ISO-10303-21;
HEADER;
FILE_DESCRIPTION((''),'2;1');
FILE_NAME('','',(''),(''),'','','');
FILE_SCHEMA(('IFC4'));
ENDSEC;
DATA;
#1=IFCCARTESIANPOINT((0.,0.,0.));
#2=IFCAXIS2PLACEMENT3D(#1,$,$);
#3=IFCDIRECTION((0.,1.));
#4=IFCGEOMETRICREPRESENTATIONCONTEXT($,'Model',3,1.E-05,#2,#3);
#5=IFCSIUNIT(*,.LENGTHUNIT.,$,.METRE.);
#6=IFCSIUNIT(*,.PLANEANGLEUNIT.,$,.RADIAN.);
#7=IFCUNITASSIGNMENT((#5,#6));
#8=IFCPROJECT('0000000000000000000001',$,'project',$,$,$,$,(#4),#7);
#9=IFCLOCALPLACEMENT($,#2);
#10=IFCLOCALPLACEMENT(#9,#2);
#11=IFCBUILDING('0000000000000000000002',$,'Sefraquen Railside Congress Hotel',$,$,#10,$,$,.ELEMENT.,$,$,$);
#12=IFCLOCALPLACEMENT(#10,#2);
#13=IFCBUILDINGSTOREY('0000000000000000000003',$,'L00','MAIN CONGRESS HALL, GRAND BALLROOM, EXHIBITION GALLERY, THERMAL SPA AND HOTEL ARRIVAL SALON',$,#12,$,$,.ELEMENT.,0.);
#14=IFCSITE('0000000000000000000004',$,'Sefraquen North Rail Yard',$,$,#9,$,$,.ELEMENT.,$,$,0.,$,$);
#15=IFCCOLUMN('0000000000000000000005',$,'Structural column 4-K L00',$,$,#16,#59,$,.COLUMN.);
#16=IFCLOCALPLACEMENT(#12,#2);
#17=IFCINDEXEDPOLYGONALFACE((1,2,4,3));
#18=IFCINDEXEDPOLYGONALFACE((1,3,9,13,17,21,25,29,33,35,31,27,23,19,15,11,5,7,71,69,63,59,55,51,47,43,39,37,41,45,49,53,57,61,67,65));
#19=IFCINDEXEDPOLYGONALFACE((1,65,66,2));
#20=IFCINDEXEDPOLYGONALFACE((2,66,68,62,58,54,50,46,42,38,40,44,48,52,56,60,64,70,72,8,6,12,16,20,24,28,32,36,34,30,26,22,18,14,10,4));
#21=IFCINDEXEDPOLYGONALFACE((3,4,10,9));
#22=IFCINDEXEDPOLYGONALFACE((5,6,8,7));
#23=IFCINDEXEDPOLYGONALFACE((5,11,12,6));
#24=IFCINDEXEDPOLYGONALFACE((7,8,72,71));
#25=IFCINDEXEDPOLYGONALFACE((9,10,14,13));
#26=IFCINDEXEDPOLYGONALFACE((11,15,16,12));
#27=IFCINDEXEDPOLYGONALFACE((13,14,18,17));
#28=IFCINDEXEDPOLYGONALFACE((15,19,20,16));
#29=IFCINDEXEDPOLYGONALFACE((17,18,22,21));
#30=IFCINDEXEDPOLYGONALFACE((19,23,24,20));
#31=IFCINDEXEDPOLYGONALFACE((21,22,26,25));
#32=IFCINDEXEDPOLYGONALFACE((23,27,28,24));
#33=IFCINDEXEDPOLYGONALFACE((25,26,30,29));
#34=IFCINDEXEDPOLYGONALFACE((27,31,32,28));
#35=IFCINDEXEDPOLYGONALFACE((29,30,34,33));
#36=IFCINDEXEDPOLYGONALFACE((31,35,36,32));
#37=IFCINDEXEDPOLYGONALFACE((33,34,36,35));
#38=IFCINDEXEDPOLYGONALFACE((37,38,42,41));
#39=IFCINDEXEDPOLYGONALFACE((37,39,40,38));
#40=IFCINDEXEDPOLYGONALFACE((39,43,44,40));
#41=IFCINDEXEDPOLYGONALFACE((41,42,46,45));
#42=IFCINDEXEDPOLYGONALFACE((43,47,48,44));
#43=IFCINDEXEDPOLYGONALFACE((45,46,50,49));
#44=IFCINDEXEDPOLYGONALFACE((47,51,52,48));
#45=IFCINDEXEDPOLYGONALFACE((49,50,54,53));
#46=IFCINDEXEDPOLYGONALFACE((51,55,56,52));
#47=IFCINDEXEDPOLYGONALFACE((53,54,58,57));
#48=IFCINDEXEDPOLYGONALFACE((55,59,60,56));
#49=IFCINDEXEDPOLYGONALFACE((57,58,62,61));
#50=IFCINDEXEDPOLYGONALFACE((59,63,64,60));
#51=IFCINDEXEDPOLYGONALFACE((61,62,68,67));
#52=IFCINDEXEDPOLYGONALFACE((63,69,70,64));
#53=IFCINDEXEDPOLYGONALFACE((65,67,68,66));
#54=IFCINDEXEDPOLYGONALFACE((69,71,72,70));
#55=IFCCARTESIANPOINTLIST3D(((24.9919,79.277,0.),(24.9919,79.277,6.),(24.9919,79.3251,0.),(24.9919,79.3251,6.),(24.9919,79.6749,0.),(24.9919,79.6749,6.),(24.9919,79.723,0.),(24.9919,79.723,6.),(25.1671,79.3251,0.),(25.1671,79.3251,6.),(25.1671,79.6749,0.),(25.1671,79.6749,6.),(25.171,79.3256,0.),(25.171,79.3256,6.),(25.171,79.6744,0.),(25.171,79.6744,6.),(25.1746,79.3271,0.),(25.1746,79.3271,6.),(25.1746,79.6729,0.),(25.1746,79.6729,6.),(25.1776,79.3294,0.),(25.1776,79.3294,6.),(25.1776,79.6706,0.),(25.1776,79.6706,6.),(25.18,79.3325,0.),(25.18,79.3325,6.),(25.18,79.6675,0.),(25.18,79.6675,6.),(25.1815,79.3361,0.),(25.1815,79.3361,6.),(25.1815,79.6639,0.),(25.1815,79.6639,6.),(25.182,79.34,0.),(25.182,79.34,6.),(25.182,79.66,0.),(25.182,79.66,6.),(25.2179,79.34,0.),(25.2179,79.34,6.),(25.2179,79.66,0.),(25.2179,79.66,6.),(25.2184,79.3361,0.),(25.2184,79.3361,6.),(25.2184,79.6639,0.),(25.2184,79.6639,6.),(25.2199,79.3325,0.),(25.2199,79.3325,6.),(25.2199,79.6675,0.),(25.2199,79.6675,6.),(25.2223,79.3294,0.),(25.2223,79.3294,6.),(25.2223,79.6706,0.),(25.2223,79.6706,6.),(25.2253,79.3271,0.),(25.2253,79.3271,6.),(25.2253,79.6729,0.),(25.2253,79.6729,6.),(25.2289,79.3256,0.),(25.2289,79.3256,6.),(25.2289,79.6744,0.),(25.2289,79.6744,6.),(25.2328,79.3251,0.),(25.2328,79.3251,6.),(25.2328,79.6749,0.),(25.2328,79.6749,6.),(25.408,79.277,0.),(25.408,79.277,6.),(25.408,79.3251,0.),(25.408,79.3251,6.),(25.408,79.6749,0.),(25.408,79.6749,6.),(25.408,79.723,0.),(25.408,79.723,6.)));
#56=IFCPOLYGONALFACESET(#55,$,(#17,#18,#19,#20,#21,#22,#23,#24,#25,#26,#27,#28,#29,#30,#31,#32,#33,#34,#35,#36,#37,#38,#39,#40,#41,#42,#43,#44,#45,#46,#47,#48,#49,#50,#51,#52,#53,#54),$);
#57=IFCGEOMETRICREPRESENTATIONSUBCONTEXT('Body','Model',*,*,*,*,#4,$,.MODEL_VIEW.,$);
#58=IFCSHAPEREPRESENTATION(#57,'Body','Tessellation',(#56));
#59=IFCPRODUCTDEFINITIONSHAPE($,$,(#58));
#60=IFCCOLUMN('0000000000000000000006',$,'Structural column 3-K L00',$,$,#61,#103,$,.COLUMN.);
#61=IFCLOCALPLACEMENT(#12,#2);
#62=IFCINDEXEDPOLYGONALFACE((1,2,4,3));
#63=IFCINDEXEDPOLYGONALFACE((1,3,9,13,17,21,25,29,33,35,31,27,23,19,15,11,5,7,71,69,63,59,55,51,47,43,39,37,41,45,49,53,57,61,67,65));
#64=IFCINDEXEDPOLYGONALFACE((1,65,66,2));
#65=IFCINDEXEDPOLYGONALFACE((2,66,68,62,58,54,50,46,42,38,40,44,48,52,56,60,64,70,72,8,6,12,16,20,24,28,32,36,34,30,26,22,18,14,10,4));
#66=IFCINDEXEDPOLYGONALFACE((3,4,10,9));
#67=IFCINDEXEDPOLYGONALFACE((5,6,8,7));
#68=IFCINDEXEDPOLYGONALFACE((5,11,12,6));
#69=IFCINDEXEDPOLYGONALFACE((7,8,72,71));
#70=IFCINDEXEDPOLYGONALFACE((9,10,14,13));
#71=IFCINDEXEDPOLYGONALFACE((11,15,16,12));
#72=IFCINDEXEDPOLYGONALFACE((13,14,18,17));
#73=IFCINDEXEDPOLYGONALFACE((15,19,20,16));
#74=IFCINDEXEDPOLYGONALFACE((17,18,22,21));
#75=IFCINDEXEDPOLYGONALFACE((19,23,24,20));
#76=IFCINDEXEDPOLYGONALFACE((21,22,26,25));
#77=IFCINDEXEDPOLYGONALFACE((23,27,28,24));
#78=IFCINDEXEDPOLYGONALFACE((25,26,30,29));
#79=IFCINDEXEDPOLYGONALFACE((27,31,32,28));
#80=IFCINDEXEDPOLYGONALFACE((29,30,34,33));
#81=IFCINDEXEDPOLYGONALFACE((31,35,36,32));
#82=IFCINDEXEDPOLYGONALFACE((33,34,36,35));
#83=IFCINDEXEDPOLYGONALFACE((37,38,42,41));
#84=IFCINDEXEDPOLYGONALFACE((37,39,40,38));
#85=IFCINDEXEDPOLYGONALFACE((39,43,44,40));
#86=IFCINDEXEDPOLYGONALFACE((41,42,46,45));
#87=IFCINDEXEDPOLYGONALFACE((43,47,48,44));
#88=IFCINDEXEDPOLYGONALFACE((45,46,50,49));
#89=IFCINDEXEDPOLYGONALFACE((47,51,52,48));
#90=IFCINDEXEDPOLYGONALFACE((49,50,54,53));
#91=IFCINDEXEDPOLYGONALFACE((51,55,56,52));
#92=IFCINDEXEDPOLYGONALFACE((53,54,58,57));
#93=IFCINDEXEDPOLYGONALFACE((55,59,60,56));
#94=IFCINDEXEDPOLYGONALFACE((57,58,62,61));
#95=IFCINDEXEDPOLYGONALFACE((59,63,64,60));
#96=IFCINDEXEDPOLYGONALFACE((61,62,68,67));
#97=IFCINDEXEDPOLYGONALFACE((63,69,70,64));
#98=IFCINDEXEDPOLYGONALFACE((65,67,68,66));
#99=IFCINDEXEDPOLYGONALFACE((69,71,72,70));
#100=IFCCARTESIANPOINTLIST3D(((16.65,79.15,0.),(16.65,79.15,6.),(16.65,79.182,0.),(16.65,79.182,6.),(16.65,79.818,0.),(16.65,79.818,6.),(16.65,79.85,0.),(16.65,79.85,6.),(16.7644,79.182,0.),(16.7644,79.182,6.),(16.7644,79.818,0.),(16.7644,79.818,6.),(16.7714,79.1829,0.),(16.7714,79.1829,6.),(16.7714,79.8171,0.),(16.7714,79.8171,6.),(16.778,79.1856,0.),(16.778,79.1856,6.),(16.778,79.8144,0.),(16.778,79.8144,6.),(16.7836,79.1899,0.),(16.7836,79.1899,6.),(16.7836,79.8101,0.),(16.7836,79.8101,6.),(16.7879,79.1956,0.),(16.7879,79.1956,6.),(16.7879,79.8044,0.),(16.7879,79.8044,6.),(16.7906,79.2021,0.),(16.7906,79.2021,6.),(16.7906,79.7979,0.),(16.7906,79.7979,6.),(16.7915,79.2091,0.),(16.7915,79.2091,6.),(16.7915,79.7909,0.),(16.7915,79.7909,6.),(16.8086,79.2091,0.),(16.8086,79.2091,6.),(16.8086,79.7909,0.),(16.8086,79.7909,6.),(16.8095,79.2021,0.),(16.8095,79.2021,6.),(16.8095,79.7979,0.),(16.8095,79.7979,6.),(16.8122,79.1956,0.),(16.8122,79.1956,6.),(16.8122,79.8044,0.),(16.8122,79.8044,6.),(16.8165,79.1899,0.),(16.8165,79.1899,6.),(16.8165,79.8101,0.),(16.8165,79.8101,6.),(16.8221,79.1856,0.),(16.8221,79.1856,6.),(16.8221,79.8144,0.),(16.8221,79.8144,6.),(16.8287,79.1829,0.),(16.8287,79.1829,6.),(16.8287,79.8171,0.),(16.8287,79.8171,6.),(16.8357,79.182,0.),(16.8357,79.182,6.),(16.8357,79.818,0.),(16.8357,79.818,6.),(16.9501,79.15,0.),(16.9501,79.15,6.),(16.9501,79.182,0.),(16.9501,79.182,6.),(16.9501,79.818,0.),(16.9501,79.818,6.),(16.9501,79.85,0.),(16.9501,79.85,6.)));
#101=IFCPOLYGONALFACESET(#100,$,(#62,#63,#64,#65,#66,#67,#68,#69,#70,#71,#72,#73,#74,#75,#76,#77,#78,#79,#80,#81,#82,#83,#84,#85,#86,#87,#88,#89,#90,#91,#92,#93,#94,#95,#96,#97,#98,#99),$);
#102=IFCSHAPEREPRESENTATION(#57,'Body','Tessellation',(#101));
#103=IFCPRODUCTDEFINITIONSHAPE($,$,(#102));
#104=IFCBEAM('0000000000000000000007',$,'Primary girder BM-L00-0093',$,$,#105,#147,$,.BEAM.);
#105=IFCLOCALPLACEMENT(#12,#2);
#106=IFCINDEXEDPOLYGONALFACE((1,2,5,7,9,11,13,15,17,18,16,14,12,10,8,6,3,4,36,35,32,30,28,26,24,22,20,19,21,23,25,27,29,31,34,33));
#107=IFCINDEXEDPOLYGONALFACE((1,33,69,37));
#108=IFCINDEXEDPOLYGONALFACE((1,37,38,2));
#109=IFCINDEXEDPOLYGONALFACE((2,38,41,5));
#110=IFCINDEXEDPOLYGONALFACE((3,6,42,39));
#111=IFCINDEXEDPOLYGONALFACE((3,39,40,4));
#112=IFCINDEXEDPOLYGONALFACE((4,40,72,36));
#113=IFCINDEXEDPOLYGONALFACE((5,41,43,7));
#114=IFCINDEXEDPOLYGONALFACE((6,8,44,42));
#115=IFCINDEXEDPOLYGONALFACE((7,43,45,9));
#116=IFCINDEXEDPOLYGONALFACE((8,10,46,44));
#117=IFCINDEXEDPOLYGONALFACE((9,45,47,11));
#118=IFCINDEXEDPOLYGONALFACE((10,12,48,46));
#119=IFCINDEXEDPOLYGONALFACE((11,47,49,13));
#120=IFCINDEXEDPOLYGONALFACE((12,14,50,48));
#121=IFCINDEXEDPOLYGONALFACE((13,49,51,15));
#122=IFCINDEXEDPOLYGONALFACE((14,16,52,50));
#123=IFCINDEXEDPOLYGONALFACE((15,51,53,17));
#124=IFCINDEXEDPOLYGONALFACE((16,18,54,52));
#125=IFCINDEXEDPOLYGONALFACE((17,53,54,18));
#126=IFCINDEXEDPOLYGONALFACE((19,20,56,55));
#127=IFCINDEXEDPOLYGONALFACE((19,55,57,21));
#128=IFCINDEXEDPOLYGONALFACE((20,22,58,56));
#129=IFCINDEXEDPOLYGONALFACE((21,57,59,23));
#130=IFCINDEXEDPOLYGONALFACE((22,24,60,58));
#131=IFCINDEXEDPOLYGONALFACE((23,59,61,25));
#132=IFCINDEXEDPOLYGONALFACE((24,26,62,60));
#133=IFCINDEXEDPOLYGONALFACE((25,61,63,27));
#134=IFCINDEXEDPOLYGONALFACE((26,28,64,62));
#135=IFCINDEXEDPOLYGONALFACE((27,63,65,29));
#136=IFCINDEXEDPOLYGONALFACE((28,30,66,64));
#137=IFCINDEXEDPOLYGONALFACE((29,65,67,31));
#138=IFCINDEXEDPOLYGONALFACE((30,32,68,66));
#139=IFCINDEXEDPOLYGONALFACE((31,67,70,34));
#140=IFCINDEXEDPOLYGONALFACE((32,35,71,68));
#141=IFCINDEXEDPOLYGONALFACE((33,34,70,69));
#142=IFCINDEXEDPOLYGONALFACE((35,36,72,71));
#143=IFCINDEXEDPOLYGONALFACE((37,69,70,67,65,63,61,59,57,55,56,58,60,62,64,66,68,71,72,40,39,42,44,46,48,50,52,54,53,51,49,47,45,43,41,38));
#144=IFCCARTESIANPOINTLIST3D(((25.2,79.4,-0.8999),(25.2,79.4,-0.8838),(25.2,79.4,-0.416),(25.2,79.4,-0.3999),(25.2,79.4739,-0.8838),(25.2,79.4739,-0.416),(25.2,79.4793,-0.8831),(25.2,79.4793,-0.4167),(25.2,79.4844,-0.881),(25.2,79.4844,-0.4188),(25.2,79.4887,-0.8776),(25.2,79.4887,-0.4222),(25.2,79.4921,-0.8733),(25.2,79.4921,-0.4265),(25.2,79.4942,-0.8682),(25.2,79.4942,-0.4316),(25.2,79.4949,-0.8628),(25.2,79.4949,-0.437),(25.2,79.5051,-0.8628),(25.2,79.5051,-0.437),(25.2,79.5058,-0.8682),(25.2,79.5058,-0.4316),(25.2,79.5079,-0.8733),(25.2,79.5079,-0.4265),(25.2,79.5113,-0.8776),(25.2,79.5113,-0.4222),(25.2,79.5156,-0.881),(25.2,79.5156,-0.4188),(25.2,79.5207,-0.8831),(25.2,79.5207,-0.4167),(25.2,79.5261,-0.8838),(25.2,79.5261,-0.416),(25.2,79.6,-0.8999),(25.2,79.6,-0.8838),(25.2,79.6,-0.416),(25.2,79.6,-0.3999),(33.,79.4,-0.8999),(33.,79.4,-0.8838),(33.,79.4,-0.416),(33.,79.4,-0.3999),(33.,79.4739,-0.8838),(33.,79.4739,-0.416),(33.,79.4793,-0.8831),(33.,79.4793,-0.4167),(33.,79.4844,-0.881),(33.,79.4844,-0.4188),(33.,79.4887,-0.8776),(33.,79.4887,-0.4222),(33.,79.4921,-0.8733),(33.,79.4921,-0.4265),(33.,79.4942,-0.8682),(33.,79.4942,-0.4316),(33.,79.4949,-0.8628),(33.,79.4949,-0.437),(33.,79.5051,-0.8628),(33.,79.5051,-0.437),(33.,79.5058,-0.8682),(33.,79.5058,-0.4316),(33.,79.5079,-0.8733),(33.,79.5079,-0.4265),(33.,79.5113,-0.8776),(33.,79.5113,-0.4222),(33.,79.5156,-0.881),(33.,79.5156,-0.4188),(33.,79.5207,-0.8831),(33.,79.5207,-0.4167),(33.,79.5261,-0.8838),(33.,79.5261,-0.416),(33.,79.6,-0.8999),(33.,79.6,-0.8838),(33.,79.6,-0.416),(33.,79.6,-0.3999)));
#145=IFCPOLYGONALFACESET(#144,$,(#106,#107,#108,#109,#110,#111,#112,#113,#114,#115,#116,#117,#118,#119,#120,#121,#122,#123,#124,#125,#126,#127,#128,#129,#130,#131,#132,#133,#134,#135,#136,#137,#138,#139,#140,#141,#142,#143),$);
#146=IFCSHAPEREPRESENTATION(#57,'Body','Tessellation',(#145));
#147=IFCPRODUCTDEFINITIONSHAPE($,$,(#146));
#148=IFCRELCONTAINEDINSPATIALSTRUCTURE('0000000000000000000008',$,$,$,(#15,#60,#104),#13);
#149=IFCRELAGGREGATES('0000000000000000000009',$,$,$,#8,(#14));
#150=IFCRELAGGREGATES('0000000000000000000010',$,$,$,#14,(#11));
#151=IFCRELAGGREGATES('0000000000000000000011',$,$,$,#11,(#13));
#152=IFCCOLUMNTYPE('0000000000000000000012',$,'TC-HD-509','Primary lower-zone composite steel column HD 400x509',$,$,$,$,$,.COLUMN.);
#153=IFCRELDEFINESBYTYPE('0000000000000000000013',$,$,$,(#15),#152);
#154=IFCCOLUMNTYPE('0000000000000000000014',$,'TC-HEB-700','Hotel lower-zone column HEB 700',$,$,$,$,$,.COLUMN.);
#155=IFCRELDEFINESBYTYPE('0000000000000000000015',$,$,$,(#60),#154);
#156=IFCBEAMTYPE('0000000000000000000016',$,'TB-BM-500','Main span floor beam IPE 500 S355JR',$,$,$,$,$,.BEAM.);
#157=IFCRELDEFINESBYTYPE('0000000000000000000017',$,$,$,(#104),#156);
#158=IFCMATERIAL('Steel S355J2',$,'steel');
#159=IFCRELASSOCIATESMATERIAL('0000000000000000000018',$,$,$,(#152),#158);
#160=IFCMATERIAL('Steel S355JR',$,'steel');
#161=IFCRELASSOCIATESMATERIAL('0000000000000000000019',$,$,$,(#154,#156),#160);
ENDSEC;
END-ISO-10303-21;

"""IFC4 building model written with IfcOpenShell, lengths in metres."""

from ifc_helpers import new_model, si_unit, direction, frame, origin, origin_2d, place, context, subcontext, project, spatial, i_section, extrude, material, material_profile, profile_set, type_object, element, save


model = new_model("IFC4")

# Units and contexts
model_context = context("Model", 3, precision=1e-05, world=origin(), true_north=direction((0.0, 1.0)))
body_context = subcontext(model_context, "Body", "Model", "MODEL_VIEW")
ifc_project = project(units=[si_unit("LENGTHUNIT", "METRE"), si_unit("PLANEANGLEUNIT", "RADIAN")], contexts=[model_context])

# Site, building, storey
site_placement = place(None, origin())
site = spatial("IfcSite", under=ifc_project, at=site_placement, Name="Sefraquen North Rail Yard", CompositionType="ELEMENT", RefElevation=0.0)
building_placement = place(site_placement, origin())
building = spatial("IfcBuilding", under=site, at=building_placement, Name="Sefraquen Railside Congress Hotel", CompositionType="ELEMENT")
storey_placement = place(building_placement, origin())
storey = spatial("IfcBuildingStorey", under=building, at=storey_placement, Name="L00", Description="MAIN CONGRESS HALL, GRAND BALLROOM, EXHIBITION GALLERY, THERMAL SPA AND HOTEL ARRIVAL SALON", CompositionType="ELEMENT", Elevation=0.0)

# Columns
ifc_material_1 = material(Name="Steel S355J2", Category="steel")
ifc_material_profile_1 = material_profile(ifc_material_1, i_section(OverallWidth=0.416, OverallDepth=0.446, WebThickness=0.0359, FlangeThickness=0.0481, FilletRadius=0.0149, at=origin_2d()), Name="HD 400x509")
ifc_profile_set_1 = profile_set([ifc_material_profile_1], Name="Steel S355J2")
column_type_1 = type_object("IfcColumnType", Name="TC-HD-509", Description="Primary lower-zone composite steel column HD 400x509", PredefinedType="COLUMN", material=ifc_profile_set_1)
column_1_placement = place(storey_placement, frame((25.2, 79.5, 0.0), z_axis=(0.0, 0.0, 1.0), x_axis=(1.0, 0.0, 0.0)))
element("IfcColumn", 1, at=column_1_placement, inside=storey, type_object=column_type_1, Name="Structural column 4-K L00", PredefinedType="COLUMN", context=body_context, shape_type="SweptSolid", body=[
    extrude(i_section(OverallWidth=0.416, OverallDepth=0.446, WebThickness=0.0359, FlangeThickness=0.0481, FilletRadius=0.0149, at=origin_2d()), origin(), (0.0, 0.0, 1.0), 6.0),
])
ifc_material_2 = material(Name="Steel S355JR", Category="steel")
ifc_material_profile_2 = material_profile(ifc_material_2, i_section(OverallWidth=0.3, OverallDepth=0.7, WebThickness=0.0171, FlangeThickness=0.032, FilletRadius=0.0271, at=origin_2d()), Name="HEB 700")
ifc_profile_set_2 = profile_set([ifc_material_profile_2], Name="Steel S355JR")
column_type_2 = type_object("IfcColumnType", Name="TC-HEB-700", Description="Hotel lower-zone column HEB 700", PredefinedType="COLUMN", material=ifc_profile_set_2)
column_2_placement = place(storey_placement, frame((16.8, 79.5, 0.0), z_axis=(0.0, 0.0, 1.0), x_axis=(1.0, 0.0, 0.0)))
element("IfcColumn", 2, at=column_2_placement, inside=storey, type_object=column_type_2, Name="Structural column 3-K L00", PredefinedType="COLUMN", context=body_context, shape_type="SweptSolid", body=[
    extrude(i_section(OverallWidth=0.3, OverallDepth=0.7, WebThickness=0.0171, FlangeThickness=0.032, FilletRadius=0.0271, at=origin_2d()), origin(), (0.0, 0.0, 1.0), 6.0),
])

# Beam
ifc_material_profile_3 = material_profile(ifc_material_2, i_section(OverallWidth=0.2, OverallDepth=0.5, WebThickness=0.0103, FlangeThickness=0.0161, FilletRadius=0.021, at=origin_2d()), Name="IPE 500")
ifc_profile_set_3 = profile_set([ifc_material_profile_3], Name="Steel S355JR")
beam_type_1 = type_object("IfcBeamType", Name="TB-BM-500", Description="Main span floor beam IPE 500 S355JR", PredefinedType="BEAM", material=ifc_profile_set_3)
beam_1_placement = place(storey_placement, frame((25.2, 79.5, -0.6499), z_axis=(1.0, 0.0, 0.0), x_axis=(0.0, 1.0, 0.0)))
element("IfcBeam", 3, at=beam_1_placement, inside=storey, type_object=beam_type_1, Name="Primary girder BM-L00-0093", PredefinedType="BEAM", context=body_context, shape_type="SweptSolid", body=[
    extrude(i_section(OverallWidth=0.2, OverallDepth=0.5, WebThickness=0.0103, FlangeThickness=0.0161, FilletRadius=0.021, at=origin_2d()), origin(), (0.0, 0.0, 1.0), 7.8),
])

save(model, "model.ifc")
